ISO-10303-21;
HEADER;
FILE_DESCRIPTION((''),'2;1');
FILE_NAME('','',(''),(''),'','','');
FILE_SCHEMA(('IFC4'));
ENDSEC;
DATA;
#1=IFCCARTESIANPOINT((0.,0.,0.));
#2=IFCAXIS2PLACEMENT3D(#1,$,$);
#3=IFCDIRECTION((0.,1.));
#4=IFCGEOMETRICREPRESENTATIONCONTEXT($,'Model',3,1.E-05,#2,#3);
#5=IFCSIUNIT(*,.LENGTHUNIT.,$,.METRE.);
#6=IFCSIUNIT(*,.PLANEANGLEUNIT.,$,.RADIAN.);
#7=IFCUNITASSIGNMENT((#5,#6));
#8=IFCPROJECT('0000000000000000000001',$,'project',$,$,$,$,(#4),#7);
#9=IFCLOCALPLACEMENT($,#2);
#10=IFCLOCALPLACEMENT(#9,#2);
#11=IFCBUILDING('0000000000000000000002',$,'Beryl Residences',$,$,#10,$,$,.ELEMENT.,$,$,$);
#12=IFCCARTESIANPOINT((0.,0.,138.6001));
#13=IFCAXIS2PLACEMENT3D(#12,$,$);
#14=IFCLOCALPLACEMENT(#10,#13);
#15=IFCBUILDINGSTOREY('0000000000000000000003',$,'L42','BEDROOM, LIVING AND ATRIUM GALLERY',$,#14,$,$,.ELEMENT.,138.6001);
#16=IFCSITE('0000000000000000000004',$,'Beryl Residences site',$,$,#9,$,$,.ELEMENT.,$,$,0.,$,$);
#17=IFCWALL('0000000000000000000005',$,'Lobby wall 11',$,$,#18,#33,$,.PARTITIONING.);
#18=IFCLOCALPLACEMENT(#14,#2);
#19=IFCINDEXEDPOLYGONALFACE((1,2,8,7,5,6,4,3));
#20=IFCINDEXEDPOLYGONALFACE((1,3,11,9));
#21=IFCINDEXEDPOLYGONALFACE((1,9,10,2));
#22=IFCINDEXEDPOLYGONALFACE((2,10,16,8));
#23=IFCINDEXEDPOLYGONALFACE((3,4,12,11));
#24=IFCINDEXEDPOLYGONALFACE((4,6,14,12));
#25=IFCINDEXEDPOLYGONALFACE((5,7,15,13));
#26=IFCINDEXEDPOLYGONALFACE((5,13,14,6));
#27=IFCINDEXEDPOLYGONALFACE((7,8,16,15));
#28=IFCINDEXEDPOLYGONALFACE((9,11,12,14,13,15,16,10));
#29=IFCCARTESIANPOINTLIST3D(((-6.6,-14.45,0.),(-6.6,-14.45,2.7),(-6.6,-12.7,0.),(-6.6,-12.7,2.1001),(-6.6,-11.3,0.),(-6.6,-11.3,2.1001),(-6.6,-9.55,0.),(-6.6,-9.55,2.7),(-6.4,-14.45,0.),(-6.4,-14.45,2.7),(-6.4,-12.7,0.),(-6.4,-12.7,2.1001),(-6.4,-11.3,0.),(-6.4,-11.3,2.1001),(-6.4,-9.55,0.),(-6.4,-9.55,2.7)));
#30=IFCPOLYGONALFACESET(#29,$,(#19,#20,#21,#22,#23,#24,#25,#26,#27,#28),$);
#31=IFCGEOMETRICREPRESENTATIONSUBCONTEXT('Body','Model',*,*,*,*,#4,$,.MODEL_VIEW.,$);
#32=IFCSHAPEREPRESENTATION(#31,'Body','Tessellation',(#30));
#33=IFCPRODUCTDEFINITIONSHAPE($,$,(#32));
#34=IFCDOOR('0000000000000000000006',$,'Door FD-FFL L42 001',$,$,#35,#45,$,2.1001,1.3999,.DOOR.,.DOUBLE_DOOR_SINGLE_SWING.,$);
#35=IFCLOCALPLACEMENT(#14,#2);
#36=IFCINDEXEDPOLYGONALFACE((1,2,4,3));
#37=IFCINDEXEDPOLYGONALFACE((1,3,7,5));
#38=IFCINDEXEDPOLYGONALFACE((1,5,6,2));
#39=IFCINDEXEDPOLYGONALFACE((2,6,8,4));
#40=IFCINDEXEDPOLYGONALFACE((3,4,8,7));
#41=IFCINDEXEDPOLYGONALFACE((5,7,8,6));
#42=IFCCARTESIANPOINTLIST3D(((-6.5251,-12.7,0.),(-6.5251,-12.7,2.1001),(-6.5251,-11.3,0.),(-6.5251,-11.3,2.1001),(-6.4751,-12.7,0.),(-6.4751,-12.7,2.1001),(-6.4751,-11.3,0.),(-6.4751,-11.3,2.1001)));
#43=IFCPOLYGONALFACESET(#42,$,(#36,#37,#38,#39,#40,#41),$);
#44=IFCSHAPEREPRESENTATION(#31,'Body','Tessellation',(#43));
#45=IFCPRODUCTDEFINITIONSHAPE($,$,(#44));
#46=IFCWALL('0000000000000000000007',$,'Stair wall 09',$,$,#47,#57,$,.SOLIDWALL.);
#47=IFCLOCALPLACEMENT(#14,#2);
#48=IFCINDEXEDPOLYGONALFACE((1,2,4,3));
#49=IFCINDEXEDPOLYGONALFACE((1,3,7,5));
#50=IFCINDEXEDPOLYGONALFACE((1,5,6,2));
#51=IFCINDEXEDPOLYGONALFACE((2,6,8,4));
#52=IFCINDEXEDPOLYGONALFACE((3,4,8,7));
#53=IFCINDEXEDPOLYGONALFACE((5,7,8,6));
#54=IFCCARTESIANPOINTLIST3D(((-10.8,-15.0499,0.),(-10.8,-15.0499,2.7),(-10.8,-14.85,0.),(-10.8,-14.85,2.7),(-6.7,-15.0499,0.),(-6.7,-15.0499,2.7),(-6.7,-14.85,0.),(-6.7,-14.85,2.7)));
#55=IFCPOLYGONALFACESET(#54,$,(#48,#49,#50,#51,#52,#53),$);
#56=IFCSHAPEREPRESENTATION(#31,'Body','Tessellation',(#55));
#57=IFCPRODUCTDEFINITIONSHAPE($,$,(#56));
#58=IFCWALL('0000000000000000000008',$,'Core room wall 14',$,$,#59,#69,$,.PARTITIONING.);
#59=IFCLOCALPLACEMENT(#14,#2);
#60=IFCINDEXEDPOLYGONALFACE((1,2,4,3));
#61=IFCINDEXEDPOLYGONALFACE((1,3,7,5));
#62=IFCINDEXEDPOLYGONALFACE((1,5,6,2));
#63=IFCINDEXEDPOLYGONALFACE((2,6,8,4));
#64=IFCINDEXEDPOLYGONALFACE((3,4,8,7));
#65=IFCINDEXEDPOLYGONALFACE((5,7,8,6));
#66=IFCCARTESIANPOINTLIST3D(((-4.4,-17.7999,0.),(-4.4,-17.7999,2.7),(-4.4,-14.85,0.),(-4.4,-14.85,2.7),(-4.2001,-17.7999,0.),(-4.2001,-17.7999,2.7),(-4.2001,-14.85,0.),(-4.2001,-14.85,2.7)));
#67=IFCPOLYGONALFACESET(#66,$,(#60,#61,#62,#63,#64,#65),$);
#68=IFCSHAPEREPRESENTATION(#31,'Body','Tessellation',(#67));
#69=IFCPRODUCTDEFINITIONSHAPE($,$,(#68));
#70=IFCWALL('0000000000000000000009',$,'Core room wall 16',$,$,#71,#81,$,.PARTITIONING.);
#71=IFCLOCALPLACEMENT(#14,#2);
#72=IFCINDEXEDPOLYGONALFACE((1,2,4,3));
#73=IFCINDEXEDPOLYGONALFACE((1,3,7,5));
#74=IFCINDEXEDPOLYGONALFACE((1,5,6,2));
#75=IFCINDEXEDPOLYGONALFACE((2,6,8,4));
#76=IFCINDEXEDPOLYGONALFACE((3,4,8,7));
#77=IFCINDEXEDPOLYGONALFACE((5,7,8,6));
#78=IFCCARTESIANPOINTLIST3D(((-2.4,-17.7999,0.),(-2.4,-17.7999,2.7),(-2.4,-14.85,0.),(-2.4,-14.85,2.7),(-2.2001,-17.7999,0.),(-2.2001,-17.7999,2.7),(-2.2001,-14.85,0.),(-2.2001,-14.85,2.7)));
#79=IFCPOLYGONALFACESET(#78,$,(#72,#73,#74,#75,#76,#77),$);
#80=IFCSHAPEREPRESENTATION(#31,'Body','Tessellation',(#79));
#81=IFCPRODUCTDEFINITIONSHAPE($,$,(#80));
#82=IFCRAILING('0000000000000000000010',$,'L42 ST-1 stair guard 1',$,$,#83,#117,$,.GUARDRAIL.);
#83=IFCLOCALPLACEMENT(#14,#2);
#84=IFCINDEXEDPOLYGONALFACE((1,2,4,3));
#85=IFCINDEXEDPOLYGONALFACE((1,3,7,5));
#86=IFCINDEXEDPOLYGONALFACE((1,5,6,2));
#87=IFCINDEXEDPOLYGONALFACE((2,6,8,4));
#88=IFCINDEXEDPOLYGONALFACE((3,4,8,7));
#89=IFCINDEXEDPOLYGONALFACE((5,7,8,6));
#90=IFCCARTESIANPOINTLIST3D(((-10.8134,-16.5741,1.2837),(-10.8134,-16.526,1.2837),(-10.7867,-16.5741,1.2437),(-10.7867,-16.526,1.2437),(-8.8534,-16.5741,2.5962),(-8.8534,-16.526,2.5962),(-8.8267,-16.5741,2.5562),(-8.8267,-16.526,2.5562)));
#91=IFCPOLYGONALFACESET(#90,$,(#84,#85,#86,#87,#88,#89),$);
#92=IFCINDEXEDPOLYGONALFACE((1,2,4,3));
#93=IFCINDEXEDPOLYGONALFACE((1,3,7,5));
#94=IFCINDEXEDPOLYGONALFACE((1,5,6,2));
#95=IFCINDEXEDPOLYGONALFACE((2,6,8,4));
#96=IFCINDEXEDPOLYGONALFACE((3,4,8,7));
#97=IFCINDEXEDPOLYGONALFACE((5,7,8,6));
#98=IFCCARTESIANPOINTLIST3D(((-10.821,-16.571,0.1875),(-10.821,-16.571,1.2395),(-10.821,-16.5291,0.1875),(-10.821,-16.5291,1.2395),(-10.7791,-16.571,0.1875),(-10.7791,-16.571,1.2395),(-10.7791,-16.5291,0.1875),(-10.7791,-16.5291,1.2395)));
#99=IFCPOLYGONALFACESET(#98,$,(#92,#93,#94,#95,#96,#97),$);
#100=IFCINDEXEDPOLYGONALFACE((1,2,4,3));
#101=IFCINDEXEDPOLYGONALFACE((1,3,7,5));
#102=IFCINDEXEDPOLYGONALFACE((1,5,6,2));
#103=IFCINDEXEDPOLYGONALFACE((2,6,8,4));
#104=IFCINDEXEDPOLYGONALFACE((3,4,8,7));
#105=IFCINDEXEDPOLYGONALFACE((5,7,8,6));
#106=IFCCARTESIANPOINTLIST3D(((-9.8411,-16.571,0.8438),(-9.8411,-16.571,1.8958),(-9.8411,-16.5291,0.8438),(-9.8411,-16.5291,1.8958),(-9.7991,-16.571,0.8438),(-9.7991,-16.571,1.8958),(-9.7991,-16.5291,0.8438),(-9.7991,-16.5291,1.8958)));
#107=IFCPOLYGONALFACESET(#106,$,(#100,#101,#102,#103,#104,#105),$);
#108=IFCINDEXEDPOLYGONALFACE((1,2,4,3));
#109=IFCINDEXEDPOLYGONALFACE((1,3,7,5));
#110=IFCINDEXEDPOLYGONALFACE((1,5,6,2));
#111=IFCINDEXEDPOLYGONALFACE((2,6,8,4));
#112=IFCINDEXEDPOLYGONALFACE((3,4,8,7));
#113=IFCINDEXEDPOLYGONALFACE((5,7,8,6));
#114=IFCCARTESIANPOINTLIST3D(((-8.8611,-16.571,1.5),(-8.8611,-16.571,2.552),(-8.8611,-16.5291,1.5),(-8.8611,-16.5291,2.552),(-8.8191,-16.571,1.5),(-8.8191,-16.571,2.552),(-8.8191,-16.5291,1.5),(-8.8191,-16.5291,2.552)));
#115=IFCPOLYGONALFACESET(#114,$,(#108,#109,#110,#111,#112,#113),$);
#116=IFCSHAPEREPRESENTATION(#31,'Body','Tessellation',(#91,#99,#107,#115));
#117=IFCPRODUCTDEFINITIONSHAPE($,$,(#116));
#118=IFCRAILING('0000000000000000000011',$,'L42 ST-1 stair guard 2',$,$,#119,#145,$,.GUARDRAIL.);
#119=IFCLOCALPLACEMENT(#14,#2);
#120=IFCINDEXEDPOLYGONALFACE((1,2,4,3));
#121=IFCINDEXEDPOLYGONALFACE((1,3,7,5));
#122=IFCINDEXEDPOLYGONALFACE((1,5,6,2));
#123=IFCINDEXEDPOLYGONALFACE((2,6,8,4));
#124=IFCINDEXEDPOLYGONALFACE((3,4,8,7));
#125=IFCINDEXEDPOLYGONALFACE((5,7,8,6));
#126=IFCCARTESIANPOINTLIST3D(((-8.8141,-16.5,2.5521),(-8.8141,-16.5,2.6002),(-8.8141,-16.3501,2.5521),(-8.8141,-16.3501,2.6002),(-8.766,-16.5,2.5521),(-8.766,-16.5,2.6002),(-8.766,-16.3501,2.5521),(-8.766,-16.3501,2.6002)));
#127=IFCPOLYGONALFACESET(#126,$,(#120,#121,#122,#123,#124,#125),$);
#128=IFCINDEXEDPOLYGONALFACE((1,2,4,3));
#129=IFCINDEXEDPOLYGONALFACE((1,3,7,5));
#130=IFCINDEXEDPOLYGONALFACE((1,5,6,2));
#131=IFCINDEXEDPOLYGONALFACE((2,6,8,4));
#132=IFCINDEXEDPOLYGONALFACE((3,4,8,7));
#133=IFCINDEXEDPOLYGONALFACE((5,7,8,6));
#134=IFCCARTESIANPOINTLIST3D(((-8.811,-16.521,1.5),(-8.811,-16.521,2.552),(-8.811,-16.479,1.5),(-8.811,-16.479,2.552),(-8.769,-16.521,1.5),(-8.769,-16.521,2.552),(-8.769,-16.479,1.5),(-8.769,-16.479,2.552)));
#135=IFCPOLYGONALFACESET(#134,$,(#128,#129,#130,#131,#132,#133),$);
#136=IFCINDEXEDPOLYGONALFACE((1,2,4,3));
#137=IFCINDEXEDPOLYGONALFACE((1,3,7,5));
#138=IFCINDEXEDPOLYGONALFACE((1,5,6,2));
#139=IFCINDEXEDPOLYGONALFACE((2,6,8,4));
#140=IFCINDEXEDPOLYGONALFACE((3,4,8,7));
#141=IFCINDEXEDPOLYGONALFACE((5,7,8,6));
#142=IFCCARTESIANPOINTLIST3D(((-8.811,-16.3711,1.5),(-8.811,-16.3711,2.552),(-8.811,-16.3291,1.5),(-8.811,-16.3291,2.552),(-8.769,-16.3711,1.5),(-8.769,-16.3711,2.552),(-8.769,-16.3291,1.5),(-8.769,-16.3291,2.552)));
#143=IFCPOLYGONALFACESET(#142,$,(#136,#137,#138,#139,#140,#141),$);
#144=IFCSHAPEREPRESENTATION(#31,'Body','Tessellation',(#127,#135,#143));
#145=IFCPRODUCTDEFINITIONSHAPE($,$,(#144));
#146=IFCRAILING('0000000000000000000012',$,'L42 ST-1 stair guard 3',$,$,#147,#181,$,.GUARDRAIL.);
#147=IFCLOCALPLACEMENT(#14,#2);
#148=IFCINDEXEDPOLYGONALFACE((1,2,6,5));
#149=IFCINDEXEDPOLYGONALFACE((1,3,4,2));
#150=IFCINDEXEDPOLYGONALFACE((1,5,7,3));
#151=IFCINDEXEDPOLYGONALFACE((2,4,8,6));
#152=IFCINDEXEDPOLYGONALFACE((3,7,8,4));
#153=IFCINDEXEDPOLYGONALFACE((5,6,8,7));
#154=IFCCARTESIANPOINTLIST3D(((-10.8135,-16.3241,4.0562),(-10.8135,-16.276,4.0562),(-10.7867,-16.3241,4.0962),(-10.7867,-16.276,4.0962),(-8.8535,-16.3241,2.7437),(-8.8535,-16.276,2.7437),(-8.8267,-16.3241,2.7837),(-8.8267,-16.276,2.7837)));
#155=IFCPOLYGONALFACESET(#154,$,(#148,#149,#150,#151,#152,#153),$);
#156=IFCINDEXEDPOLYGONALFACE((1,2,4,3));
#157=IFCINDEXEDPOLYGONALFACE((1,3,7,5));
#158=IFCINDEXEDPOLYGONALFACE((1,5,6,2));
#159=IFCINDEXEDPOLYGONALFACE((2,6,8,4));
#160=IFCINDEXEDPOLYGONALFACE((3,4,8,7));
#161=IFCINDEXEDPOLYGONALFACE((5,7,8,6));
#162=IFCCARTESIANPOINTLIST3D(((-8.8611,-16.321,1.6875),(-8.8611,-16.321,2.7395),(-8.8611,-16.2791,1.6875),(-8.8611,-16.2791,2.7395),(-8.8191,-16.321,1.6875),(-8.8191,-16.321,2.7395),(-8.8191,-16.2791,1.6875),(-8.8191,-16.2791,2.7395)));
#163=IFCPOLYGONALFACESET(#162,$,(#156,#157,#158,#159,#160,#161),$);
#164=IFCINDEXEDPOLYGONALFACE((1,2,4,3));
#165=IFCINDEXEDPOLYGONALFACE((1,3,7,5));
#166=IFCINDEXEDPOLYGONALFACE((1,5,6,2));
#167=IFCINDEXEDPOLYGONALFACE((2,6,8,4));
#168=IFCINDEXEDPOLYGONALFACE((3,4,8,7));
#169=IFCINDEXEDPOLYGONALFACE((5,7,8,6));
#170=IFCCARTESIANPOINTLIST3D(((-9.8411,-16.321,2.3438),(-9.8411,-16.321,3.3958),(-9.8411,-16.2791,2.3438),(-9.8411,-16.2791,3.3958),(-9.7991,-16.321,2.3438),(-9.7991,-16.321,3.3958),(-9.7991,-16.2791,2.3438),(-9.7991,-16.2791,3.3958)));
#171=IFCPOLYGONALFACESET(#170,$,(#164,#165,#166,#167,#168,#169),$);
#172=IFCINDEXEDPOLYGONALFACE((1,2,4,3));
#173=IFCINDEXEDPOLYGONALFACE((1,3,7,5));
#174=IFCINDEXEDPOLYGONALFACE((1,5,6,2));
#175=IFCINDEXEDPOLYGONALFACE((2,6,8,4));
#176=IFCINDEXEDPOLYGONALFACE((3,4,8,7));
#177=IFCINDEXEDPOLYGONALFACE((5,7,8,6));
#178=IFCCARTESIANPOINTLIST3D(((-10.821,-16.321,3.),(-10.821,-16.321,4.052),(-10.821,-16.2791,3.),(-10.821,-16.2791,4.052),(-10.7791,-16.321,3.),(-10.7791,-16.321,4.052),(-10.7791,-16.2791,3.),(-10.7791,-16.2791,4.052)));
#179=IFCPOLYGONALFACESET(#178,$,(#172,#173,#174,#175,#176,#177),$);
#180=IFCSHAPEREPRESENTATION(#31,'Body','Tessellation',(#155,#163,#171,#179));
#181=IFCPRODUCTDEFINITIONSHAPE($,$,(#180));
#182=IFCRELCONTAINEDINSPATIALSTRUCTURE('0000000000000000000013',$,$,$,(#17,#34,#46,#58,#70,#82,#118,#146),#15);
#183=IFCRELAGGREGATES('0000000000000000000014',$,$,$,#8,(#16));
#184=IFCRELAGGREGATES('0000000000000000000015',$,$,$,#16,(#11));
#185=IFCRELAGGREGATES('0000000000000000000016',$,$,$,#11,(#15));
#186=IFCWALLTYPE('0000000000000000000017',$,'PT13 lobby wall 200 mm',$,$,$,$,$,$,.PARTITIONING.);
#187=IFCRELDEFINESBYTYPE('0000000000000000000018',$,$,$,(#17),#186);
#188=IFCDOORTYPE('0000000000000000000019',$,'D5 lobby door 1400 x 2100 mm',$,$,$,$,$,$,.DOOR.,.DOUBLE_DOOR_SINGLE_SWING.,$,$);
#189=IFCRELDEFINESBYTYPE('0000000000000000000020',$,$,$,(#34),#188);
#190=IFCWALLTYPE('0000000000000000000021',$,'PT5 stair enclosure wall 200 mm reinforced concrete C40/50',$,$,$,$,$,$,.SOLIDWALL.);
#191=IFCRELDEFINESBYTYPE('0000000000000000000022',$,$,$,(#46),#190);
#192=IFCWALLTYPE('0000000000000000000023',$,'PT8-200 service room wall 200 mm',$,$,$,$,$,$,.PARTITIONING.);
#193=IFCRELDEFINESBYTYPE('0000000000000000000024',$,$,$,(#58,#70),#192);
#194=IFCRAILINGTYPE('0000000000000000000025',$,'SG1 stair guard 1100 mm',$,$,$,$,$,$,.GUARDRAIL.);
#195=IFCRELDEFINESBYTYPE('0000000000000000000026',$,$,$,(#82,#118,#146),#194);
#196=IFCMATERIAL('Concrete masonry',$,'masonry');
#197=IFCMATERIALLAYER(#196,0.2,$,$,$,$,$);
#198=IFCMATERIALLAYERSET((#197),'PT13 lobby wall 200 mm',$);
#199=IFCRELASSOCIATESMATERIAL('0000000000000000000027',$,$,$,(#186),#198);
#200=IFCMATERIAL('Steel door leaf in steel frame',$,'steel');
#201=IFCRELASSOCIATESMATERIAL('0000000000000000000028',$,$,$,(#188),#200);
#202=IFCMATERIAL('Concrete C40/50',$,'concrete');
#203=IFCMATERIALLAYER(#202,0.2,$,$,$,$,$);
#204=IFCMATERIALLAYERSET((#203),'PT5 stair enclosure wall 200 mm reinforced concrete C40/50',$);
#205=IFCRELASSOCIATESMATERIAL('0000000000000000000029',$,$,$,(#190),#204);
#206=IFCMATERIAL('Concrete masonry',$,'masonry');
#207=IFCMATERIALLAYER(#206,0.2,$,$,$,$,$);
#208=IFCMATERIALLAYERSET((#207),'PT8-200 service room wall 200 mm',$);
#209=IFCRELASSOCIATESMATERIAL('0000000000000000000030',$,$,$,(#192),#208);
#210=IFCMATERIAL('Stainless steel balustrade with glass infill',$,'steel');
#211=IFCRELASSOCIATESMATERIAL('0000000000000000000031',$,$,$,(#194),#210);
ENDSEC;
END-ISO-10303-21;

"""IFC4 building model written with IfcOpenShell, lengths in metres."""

from ifc_helpers import new_model, si_unit, direction, frame, frame_2d, origin, origin_2d, place, context, subcontext, project, spatial, rectangle, extrude, material, layer, layer_set, type_object, element, fill, save


model = new_model("IFC4")

# Units and contexts
model_context = context("Model", 3, precision=1e-05, world=origin(), true_north=direction((0.0, 1.0)))
body_context = subcontext(model_context, "Body", "Model", "MODEL_VIEW")
ifc_project = project(units=[si_unit("LENGTHUNIT", "METRE"), si_unit("PLANEANGLEUNIT", "RADIAN")], contexts=[model_context])

# Site, building, storey
site_placement = place(None, origin())
site = spatial("IfcSite", under=ifc_project, at=site_placement, Name="Beryl Residences site", CompositionType="ELEMENT", RefElevation=0.0)
building_placement = place(site_placement, origin())
building = spatial("IfcBuilding", under=site, at=building_placement, Name="Beryl Residences", CompositionType="ELEMENT")
storey_placement = place(building_placement, frame((0.0, 0.0, 138.6001)))
storey = spatial("IfcBuildingStorey", under=building, at=storey_placement, Name="L42", Description="BEDROOM, LIVING AND ATRIUM GALLERY", CompositionType="ELEMENT", Elevation=138.6001)

# Wall, opening, door
ifc_material_1 = material(Name="Concrete masonry", Category="masonry")
ifc_layer_1 = layer(ifc_material_1, 0.2)
ifc_layer_set_1 = layer_set([ifc_layer_1], Name="PT13 lobby wall 200 mm")
wall_type_1 = type_object("IfcWallType", Name="PT13 lobby wall 200 mm", PredefinedType="PARTITIONING", material=ifc_layer_set_1)
wall_1_placement = place(storey_placement, frame((-6.5, -14.45, 0.0), z_axis=(0.0, 0.0, 1.0), x_axis=(0.0, 1.0, 0.0)))
wall_1 = element("IfcWall", 1, at=wall_1_placement, inside=storey, type_object=wall_type_1, Name="Lobby wall 11", PredefinedType="PARTITIONING", context=body_context, shape_type="SweptSolid", body=[
    extrude(rectangle(XDim=4.8999, YDim=0.2, at=frame_2d((2.45, 0.0))), origin(), (0.0, 0.0, 1.0), 2.7),
])
opening_1_placement = place(wall_1_placement, frame((3.1499, 0.0, 0.0), z_axis=(0.0, 0.0, 1.0), x_axis=(-1.0, 0.0, 0.0)))
opening_1 = element("IfcOpeningElement", 2, at=opening_1_placement, cuts=wall_1, PredefinedType="OPENING", context=body_context, shape_type="SweptSolid", body=[
    extrude(rectangle(XDim=1.3999, YDim=2.1001, at=frame_2d((0.7, 1.05))), frame((0.0, 0.1099, 0.0), z_axis=(0.0, -1.0, 0.0), x_axis=(1.0, 0.0, 0.0)), (0.0, 0.0, 1.0), 0.22),
])
ifc_material_2 = material(Name="Steel door leaf in steel frame", Category="steel")
door_type_1 = type_object("IfcDoorType", Name="D5 lobby door 1400 x 2100 mm", OperationType="DOUBLE_DOOR_SINGLE_SWING", PredefinedType="DOOR", material=ifc_material_2)
door_1_placement = place(opening_1_placement, origin())
door_1 = element("IfcDoor", 3, at=door_1_placement, inside=storey, type_object=door_type_1, Name="Door FD-FFL L42 001", OperationType="DOUBLE_DOOR_SINGLE_SWING", OverallHeight=2.1001, OverallWidth=1.3999, PredefinedType="DOOR", context=body_context, shape_type="SweptSolid", body=[
    extrude(rectangle(XDim=1.3999, YDim=2.1001, at=frame_2d((0.7, 1.05))), frame((0.0, 0.0249, 0.0), z_axis=(0.0, -1.0, 0.0), x_axis=(1.0, 0.0, 0.0)), (0.0, 0.0, 1.0), 0.05),
])
fill(opening_1, door_1)

# Walls
ifc_material_3 = material(Name="Concrete C40/50", Category="concrete")
ifc_layer_2 = layer(ifc_material_3, 0.2)
ifc_layer_set_2 = layer_set([ifc_layer_2], Name="PT5 stair enclosure wall 200 mm reinforced concrete C40/50")
wall_type_2 = type_object("IfcWallType", Name="PT5 stair enclosure wall 200 mm reinforced concrete C40/50", PredefinedType="SOLIDWALL", material=ifc_layer_set_2)
wall_2_placement = place(storey_placement, frame((-10.8, -14.95, 0.0), z_axis=(0.0, 0.0, 1.0), x_axis=(1.0, 0.0, 0.0)))
element("IfcWall", 4, at=wall_2_placement, inside=storey, type_object=wall_type_2, Name="Stair wall 09", PredefinedType="SOLIDWALL", context=body_context, shape_type="SweptSolid", body=[
    extrude(rectangle(XDim=4.1001, YDim=0.2, at=frame_2d((2.05, 0.0))), origin(), (0.0, 0.0, 1.0), 2.7),
])
ifc_material_4 = material(Name="Concrete masonry", Category="masonry")
ifc_layer_3 = layer(ifc_material_4, 0.2)
ifc_layer_set_3 = layer_set([ifc_layer_3], Name="PT8-200 service room wall 200 mm")
wall_type_3 = type_object("IfcWallType", Name="PT8-200 service room wall 200 mm", PredefinedType="PARTITIONING", material=ifc_layer_set_3)
for number, where, z_axis, x_axis, name in (
    (5, (-4.3, -17.8, 0.0), (0.0, 0.0, 1.0), (0.0, 1.0, 0.0), "Core room wall 14"),
    (6, (-2.3, -17.8, 0.0), (0.0, 0.0, 1.0), (0.0, 1.0, 0.0), "Core room wall 16"),
):
    element("IfcWall", number, at=place(storey_placement, frame(where, z_axis=z_axis, x_axis=x_axis)), inside=storey, type_object=wall_type_3, Name=name, PredefinedType="PARTITIONING", context=body_context, shape_type="SweptSolid", body=[
        extrude(rectangle(XDim=2.95, YDim=0.2, at=frame_2d((1.4751, 0.0))), origin(), (0.0, 0.0, 1.0), 2.7),
    ])

# Railings
ifc_material_5 = material(Name="Stainless steel balustrade with glass infill", Category="steel")
railing_type_1 = type_object("IfcRailingType", Name="SG1 stair guard 1100 mm", PredefinedType="GUARDRAIL", material=ifc_material_5)
railing_1_placement = place(storey_placement, frame((-10.8, -16.55, 0.1875)))
element("IfcRailing", 7, at=railing_1_placement, inside=storey, type_object=railing_type_1, Name="L42 ST-1 stair guard 1", PredefinedType="GUARDRAIL", context=body_context, shape_type="SweptSolid", body=[
    extrude(rectangle(XDim=0.0481, YDim=0.0481, at=origin_2d()), frame((0.0, 0.0, 1.0762), z_axis=(0.830902, 0.0, 0.556419), x_axis=(0.0, 1.0, 0.0)), (0.0, 0.0, 1.0), 2.3589),
    extrude(rectangle(XDim=0.042, YDim=0.042, at=origin_2d()), origin(), (0.0, 0.0, 1.0), 1.052),
    extrude(rectangle(XDim=0.042, YDim=0.042, at=origin_2d()), frame((0.98, 0.0, 0.6562)), (0.0, 0.0, 1.0), 1.052),
    extrude(rectangle(XDim=0.042, YDim=0.042, at=origin_2d()), frame((1.96, 0.0, 1.3125)), (0.0, 0.0, 1.0), 1.052),
])
railing_2_placement = place(storey_placement, frame((-8.79, -16.5, 1.5)))
element("IfcRailing", 8, at=railing_2_placement, inside=storey, type_object=railing_type_1, Name="L42 ST-1 stair guard 2", PredefinedType="GUARDRAIL", context=body_context, shape_type="SweptSolid", body=[
    extrude(rectangle(XDim=0.0481, YDim=0.0481, at=origin_2d()), frame((0.0, 0.0, 1.0762), z_axis=(0.0, 1.0, 0.0), x_axis=(-1.0, 0.0, 0.0)), (0.0, 0.0, 1.0), 0.1499),
    extrude(rectangle(XDim=0.042, YDim=0.042, at=origin_2d()), origin(), (0.0, 0.0, 1.0), 1.052),
    extrude(rectangle(XDim=0.042, YDim=0.042, at=origin_2d()), frame((0.0, 0.1499, 0.0)), (0.0, 0.0, 1.0), 1.052),
])
railing_3_placement = place(storey_placement, frame((-8.8401, -16.3, 1.6875)))
element("IfcRailing", 9, at=railing_3_placement, inside=storey, type_object=railing_type_1, Name="L42 ST-1 stair guard 3", PredefinedType="GUARDRAIL", context=body_context, shape_type="SweptSolid", body=[
    extrude(rectangle(XDim=0.0481, YDim=0.0481, at=origin_2d()), frame((0.0, 0.0, 1.0762), z_axis=(-0.830902, 0.0, 0.556419), x_axis=(0.0, -1.0, 0.0)), (0.0, 0.0, 1.0), 2.3589),
    extrude(rectangle(XDim=0.042, YDim=0.042, at=origin_2d()), origin(), (0.0, 0.0, 1.0), 1.052),
    extrude(rectangle(XDim=0.042, YDim=0.042, at=origin_2d()), frame((-0.98, 0.0, 0.6562)), (0.0, 0.0, 1.0), 1.052),
    extrude(rectangle(XDim=0.042, YDim=0.042, at=origin_2d()), frame((-1.96, 0.0, 1.3125)), (0.0, 0.0, 1.0), 1.052),
])

save(model, "model.ifc")
